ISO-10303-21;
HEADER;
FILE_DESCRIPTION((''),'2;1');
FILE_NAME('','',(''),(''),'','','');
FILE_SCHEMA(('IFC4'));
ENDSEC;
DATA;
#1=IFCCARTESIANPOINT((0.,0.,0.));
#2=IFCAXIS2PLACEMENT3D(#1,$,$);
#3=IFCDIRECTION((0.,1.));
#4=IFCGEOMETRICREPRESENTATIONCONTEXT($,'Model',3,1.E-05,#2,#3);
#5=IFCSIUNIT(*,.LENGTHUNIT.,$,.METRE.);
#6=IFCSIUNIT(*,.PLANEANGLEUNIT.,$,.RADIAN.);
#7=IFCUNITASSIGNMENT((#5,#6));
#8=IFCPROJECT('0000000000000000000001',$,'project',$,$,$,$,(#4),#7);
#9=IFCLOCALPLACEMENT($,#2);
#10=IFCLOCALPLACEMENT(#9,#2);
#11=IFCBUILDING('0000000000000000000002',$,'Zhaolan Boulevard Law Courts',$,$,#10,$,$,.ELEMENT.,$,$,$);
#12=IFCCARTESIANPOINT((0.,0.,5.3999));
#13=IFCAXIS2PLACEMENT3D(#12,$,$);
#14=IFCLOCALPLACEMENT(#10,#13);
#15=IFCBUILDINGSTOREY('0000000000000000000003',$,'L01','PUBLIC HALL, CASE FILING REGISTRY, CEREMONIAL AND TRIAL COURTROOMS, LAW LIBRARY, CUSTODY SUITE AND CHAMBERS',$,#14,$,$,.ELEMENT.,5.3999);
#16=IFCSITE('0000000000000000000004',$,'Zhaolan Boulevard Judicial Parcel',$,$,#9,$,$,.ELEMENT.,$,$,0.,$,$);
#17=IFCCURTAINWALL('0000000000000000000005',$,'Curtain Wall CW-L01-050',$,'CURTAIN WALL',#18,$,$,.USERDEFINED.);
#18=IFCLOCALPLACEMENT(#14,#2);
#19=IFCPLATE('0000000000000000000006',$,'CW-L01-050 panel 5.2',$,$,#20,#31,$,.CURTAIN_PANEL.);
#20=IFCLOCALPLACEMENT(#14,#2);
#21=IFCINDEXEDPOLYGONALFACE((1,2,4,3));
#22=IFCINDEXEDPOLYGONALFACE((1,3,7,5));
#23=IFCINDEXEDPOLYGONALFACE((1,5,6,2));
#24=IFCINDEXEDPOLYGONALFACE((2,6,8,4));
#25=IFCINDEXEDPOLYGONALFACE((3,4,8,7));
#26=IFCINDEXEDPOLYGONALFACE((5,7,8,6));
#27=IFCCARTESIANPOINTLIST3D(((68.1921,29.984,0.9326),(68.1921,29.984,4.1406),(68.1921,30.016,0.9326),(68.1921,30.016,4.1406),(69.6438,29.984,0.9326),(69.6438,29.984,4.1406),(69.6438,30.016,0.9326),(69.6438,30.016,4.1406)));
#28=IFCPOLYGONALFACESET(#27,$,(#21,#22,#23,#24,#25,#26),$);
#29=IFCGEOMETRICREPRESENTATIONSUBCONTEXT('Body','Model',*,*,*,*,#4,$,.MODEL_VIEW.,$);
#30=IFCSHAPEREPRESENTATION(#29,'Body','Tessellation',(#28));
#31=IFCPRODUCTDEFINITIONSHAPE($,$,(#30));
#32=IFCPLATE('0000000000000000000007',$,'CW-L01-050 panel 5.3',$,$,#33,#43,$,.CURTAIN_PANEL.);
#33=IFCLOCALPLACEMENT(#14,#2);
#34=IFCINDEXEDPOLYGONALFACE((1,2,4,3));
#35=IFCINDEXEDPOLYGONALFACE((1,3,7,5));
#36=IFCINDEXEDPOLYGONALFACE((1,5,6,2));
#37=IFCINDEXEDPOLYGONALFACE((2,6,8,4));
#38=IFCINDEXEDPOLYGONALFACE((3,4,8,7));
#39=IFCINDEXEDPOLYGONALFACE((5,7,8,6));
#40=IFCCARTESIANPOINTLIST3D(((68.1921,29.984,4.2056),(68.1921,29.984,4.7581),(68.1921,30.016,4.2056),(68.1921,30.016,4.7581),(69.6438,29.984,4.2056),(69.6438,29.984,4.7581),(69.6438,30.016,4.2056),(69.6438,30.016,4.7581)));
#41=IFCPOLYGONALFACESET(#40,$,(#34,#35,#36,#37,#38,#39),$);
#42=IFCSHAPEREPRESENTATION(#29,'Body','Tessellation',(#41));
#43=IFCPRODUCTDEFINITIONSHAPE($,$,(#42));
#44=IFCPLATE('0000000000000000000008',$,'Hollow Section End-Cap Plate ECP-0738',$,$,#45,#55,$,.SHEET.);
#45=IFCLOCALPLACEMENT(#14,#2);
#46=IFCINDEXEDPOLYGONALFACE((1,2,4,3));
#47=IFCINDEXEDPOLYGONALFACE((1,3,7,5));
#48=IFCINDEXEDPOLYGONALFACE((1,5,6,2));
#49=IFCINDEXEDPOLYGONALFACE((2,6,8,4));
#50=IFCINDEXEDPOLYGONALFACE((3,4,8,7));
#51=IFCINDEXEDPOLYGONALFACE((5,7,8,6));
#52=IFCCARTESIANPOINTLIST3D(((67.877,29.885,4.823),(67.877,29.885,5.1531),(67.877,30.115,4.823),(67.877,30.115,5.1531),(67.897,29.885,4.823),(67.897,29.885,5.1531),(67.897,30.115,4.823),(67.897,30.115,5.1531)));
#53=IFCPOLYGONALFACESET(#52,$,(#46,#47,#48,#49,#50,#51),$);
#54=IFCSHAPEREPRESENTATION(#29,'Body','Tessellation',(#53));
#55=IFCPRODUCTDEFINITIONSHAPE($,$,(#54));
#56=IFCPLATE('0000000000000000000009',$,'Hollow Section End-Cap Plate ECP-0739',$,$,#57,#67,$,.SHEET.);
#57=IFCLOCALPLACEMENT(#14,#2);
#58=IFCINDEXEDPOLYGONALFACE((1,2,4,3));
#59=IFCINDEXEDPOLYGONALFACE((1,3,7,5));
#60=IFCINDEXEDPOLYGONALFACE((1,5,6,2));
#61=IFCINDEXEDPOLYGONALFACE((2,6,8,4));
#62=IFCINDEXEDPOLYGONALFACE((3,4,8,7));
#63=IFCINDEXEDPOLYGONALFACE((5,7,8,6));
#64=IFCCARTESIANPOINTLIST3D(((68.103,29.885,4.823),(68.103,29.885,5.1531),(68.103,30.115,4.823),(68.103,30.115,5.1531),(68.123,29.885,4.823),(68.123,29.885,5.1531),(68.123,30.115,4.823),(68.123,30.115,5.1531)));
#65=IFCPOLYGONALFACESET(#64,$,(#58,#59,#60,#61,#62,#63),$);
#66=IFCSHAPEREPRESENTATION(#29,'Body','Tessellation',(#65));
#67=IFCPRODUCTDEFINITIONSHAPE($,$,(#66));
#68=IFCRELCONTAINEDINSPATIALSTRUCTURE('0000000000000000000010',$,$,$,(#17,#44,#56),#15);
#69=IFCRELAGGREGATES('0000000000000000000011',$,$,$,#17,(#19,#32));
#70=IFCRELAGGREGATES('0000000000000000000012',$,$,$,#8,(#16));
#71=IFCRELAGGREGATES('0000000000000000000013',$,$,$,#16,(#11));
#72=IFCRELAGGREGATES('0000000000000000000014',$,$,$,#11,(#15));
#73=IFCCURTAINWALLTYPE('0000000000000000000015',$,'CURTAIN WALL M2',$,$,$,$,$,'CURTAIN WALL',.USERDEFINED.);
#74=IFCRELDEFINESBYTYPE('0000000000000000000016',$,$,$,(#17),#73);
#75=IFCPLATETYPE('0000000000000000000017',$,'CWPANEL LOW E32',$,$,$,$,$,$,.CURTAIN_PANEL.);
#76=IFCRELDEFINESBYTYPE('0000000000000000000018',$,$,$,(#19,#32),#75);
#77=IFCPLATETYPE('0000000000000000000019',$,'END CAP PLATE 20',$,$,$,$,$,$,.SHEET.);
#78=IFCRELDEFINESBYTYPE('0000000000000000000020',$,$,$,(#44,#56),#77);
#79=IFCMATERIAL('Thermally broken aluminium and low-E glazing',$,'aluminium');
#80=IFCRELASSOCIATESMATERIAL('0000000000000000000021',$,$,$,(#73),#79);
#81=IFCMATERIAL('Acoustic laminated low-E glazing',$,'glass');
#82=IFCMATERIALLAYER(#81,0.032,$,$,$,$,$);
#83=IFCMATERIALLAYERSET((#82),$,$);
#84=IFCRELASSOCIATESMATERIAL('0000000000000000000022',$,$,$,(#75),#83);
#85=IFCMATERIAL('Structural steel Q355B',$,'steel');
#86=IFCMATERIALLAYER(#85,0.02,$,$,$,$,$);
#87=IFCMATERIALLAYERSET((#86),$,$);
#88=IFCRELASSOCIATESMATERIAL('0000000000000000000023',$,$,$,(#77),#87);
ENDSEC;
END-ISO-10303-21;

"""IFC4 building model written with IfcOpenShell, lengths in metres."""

from ifc_helpers import new_model, si_unit, direction, frame, origin, origin_2d, place, context, subcontext, project, spatial, rectangle, extrude, material, layer, layer_set, type_object, element, aggregate, save


model = new_model("IFC4")

# Units and contexts
model_context = context("Model", 3, precision=1e-05, world=origin(), true_north=direction((0.0, 1.0)))
body_context = subcontext(model_context, "Body", "Model", "MODEL_VIEW")
ifc_project = project(units=[si_unit("LENGTHUNIT", "METRE"), si_unit("PLANEANGLEUNIT", "RADIAN")], contexts=[model_context])

# Site, building, storey
site_placement = place(None, origin())
site = spatial("IfcSite", under=ifc_project, at=site_placement, Name="Zhaolan Boulevard Judicial Parcel", CompositionType="ELEMENT", RefElevation=0.0)
building_placement = place(site_placement, origin())
building = spatial("IfcBuilding", under=site, at=building_placement, Name="Zhaolan Boulevard Law Courts", CompositionType="ELEMENT")
storey_placement = place(building_placement, frame((0.0, 0.0, 5.3999)))
storey = spatial("IfcBuildingStorey", under=building, at=storey_placement, Name="L01", Description="PUBLIC HALL, CASE FILING REGISTRY, CEREMONIAL AND TRIAL COURTROOMS, LAW LIBRARY, CUSTODY SUITE AND CHAMBERS", CompositionType="ELEMENT", Elevation=5.3999)

# Curtain wall
ifc_material_1 = material(Name="Thermally broken aluminium and low-E glazing", Category="aluminium")
curtain_wall_type_1 = type_object("IfcCurtainWallType", Name="CURTAIN WALL M2", ElementType="CURTAIN WALL", PredefinedType="USERDEFINED", material=ifc_material_1)
curtain_wall_1_placement = place(storey_placement, origin())
curtain_wall_1 = element("IfcCurtainWall", 1, at=curtain_wall_1_placement, inside=storey, type_object=curtain_wall_type_1, Name="Curtain Wall CW-L01-050", ObjectType="CURTAIN WALL", PredefinedType="USERDEFINED")

# Plates
ifc_material_2 = material(Name="Acoustic laminated low-E glazing", Category="glass")
ifc_layer_1 = layer(ifc_material_2, 0.032)
ifc_layer_set_1 = layer_set([ifc_layer_1])
plate_type_1 = type_object("IfcPlateType", Name="CWPANEL LOW E32", PredefinedType="CURTAIN_PANEL", material=ifc_layer_set_1)
plate_1_placement = place(storey_placement, frame((68.918, 30.0, 0.9326), z_axis=(0.0, 0.0, 1.0), x_axis=(-1.0, 0.0, 0.0)))
plate_1 = element("IfcPlate", 2, at=plate_1_placement, type_object=plate_type_1, Name="CW-L01-050 panel 5.2", PredefinedType="CURTAIN_PANEL", context=body_context, shape_type="SweptSolid", body=[
    extrude(rectangle(XDim=1.4517, YDim=0.032, at=origin_2d()), origin(), (0.0, 0.0, 1.0), 3.208),
])
plate_2_placement = place(storey_placement, frame((68.918, 30.0, 4.2056), z_axis=(0.0, 0.0, 1.0), x_axis=(-1.0, 0.0, 0.0)))
plate_2 = element("IfcPlate", 3, at=plate_2_placement, type_object=plate_type_1, Name="CW-L01-050 panel 5.3", PredefinedType="CURTAIN_PANEL", context=body_context, shape_type="SweptSolid", body=[
    extrude(rectangle(XDim=1.4517, YDim=0.032, at=origin_2d()), origin(), (0.0, 0.0, 1.0), 0.5525),
])
aggregate(curtain_wall_1, [plate_1, plate_2])

# Plates
ifc_material_3 = material(Name="Structural steel Q355B", Category="steel")
ifc_layer_2 = layer(ifc_material_3, 0.02)
ifc_layer_set_2 = layer_set([ifc_layer_2])
plate_type_2 = type_object("IfcPlateType", Name="END CAP PLATE 20", PredefinedType="SHEET", material=ifc_layer_set_2)
for number, where, z_axis, x_axis, name in (
    (4, (67.887, 30.0, 4.823), (0.0, 0.0, 1.0), (1.0, 0.0, 0.0), "Hollow Section End-Cap Plate ECP-0738"),
    (5, (68.113, 30.0, 4.823), (0.0, 0.0, 1.0), (1.0, 0.0, 0.0), "Hollow Section End-Cap Plate ECP-0739"),
):
    element("IfcPlate", number, at=place(storey_placement, frame(where, z_axis=z_axis, x_axis=x_axis)), inside=storey, type_object=plate_type_2, Name=name, PredefinedType="SHEET", context=body_context, shape_type="SweptSolid", body=[
        extrude(rectangle(XDim=0.02, YDim=0.23, at=origin_2d()), origin(), (0.0, 0.0, 1.0), 0.3301),
    ])

save(model, "model.ifc")
